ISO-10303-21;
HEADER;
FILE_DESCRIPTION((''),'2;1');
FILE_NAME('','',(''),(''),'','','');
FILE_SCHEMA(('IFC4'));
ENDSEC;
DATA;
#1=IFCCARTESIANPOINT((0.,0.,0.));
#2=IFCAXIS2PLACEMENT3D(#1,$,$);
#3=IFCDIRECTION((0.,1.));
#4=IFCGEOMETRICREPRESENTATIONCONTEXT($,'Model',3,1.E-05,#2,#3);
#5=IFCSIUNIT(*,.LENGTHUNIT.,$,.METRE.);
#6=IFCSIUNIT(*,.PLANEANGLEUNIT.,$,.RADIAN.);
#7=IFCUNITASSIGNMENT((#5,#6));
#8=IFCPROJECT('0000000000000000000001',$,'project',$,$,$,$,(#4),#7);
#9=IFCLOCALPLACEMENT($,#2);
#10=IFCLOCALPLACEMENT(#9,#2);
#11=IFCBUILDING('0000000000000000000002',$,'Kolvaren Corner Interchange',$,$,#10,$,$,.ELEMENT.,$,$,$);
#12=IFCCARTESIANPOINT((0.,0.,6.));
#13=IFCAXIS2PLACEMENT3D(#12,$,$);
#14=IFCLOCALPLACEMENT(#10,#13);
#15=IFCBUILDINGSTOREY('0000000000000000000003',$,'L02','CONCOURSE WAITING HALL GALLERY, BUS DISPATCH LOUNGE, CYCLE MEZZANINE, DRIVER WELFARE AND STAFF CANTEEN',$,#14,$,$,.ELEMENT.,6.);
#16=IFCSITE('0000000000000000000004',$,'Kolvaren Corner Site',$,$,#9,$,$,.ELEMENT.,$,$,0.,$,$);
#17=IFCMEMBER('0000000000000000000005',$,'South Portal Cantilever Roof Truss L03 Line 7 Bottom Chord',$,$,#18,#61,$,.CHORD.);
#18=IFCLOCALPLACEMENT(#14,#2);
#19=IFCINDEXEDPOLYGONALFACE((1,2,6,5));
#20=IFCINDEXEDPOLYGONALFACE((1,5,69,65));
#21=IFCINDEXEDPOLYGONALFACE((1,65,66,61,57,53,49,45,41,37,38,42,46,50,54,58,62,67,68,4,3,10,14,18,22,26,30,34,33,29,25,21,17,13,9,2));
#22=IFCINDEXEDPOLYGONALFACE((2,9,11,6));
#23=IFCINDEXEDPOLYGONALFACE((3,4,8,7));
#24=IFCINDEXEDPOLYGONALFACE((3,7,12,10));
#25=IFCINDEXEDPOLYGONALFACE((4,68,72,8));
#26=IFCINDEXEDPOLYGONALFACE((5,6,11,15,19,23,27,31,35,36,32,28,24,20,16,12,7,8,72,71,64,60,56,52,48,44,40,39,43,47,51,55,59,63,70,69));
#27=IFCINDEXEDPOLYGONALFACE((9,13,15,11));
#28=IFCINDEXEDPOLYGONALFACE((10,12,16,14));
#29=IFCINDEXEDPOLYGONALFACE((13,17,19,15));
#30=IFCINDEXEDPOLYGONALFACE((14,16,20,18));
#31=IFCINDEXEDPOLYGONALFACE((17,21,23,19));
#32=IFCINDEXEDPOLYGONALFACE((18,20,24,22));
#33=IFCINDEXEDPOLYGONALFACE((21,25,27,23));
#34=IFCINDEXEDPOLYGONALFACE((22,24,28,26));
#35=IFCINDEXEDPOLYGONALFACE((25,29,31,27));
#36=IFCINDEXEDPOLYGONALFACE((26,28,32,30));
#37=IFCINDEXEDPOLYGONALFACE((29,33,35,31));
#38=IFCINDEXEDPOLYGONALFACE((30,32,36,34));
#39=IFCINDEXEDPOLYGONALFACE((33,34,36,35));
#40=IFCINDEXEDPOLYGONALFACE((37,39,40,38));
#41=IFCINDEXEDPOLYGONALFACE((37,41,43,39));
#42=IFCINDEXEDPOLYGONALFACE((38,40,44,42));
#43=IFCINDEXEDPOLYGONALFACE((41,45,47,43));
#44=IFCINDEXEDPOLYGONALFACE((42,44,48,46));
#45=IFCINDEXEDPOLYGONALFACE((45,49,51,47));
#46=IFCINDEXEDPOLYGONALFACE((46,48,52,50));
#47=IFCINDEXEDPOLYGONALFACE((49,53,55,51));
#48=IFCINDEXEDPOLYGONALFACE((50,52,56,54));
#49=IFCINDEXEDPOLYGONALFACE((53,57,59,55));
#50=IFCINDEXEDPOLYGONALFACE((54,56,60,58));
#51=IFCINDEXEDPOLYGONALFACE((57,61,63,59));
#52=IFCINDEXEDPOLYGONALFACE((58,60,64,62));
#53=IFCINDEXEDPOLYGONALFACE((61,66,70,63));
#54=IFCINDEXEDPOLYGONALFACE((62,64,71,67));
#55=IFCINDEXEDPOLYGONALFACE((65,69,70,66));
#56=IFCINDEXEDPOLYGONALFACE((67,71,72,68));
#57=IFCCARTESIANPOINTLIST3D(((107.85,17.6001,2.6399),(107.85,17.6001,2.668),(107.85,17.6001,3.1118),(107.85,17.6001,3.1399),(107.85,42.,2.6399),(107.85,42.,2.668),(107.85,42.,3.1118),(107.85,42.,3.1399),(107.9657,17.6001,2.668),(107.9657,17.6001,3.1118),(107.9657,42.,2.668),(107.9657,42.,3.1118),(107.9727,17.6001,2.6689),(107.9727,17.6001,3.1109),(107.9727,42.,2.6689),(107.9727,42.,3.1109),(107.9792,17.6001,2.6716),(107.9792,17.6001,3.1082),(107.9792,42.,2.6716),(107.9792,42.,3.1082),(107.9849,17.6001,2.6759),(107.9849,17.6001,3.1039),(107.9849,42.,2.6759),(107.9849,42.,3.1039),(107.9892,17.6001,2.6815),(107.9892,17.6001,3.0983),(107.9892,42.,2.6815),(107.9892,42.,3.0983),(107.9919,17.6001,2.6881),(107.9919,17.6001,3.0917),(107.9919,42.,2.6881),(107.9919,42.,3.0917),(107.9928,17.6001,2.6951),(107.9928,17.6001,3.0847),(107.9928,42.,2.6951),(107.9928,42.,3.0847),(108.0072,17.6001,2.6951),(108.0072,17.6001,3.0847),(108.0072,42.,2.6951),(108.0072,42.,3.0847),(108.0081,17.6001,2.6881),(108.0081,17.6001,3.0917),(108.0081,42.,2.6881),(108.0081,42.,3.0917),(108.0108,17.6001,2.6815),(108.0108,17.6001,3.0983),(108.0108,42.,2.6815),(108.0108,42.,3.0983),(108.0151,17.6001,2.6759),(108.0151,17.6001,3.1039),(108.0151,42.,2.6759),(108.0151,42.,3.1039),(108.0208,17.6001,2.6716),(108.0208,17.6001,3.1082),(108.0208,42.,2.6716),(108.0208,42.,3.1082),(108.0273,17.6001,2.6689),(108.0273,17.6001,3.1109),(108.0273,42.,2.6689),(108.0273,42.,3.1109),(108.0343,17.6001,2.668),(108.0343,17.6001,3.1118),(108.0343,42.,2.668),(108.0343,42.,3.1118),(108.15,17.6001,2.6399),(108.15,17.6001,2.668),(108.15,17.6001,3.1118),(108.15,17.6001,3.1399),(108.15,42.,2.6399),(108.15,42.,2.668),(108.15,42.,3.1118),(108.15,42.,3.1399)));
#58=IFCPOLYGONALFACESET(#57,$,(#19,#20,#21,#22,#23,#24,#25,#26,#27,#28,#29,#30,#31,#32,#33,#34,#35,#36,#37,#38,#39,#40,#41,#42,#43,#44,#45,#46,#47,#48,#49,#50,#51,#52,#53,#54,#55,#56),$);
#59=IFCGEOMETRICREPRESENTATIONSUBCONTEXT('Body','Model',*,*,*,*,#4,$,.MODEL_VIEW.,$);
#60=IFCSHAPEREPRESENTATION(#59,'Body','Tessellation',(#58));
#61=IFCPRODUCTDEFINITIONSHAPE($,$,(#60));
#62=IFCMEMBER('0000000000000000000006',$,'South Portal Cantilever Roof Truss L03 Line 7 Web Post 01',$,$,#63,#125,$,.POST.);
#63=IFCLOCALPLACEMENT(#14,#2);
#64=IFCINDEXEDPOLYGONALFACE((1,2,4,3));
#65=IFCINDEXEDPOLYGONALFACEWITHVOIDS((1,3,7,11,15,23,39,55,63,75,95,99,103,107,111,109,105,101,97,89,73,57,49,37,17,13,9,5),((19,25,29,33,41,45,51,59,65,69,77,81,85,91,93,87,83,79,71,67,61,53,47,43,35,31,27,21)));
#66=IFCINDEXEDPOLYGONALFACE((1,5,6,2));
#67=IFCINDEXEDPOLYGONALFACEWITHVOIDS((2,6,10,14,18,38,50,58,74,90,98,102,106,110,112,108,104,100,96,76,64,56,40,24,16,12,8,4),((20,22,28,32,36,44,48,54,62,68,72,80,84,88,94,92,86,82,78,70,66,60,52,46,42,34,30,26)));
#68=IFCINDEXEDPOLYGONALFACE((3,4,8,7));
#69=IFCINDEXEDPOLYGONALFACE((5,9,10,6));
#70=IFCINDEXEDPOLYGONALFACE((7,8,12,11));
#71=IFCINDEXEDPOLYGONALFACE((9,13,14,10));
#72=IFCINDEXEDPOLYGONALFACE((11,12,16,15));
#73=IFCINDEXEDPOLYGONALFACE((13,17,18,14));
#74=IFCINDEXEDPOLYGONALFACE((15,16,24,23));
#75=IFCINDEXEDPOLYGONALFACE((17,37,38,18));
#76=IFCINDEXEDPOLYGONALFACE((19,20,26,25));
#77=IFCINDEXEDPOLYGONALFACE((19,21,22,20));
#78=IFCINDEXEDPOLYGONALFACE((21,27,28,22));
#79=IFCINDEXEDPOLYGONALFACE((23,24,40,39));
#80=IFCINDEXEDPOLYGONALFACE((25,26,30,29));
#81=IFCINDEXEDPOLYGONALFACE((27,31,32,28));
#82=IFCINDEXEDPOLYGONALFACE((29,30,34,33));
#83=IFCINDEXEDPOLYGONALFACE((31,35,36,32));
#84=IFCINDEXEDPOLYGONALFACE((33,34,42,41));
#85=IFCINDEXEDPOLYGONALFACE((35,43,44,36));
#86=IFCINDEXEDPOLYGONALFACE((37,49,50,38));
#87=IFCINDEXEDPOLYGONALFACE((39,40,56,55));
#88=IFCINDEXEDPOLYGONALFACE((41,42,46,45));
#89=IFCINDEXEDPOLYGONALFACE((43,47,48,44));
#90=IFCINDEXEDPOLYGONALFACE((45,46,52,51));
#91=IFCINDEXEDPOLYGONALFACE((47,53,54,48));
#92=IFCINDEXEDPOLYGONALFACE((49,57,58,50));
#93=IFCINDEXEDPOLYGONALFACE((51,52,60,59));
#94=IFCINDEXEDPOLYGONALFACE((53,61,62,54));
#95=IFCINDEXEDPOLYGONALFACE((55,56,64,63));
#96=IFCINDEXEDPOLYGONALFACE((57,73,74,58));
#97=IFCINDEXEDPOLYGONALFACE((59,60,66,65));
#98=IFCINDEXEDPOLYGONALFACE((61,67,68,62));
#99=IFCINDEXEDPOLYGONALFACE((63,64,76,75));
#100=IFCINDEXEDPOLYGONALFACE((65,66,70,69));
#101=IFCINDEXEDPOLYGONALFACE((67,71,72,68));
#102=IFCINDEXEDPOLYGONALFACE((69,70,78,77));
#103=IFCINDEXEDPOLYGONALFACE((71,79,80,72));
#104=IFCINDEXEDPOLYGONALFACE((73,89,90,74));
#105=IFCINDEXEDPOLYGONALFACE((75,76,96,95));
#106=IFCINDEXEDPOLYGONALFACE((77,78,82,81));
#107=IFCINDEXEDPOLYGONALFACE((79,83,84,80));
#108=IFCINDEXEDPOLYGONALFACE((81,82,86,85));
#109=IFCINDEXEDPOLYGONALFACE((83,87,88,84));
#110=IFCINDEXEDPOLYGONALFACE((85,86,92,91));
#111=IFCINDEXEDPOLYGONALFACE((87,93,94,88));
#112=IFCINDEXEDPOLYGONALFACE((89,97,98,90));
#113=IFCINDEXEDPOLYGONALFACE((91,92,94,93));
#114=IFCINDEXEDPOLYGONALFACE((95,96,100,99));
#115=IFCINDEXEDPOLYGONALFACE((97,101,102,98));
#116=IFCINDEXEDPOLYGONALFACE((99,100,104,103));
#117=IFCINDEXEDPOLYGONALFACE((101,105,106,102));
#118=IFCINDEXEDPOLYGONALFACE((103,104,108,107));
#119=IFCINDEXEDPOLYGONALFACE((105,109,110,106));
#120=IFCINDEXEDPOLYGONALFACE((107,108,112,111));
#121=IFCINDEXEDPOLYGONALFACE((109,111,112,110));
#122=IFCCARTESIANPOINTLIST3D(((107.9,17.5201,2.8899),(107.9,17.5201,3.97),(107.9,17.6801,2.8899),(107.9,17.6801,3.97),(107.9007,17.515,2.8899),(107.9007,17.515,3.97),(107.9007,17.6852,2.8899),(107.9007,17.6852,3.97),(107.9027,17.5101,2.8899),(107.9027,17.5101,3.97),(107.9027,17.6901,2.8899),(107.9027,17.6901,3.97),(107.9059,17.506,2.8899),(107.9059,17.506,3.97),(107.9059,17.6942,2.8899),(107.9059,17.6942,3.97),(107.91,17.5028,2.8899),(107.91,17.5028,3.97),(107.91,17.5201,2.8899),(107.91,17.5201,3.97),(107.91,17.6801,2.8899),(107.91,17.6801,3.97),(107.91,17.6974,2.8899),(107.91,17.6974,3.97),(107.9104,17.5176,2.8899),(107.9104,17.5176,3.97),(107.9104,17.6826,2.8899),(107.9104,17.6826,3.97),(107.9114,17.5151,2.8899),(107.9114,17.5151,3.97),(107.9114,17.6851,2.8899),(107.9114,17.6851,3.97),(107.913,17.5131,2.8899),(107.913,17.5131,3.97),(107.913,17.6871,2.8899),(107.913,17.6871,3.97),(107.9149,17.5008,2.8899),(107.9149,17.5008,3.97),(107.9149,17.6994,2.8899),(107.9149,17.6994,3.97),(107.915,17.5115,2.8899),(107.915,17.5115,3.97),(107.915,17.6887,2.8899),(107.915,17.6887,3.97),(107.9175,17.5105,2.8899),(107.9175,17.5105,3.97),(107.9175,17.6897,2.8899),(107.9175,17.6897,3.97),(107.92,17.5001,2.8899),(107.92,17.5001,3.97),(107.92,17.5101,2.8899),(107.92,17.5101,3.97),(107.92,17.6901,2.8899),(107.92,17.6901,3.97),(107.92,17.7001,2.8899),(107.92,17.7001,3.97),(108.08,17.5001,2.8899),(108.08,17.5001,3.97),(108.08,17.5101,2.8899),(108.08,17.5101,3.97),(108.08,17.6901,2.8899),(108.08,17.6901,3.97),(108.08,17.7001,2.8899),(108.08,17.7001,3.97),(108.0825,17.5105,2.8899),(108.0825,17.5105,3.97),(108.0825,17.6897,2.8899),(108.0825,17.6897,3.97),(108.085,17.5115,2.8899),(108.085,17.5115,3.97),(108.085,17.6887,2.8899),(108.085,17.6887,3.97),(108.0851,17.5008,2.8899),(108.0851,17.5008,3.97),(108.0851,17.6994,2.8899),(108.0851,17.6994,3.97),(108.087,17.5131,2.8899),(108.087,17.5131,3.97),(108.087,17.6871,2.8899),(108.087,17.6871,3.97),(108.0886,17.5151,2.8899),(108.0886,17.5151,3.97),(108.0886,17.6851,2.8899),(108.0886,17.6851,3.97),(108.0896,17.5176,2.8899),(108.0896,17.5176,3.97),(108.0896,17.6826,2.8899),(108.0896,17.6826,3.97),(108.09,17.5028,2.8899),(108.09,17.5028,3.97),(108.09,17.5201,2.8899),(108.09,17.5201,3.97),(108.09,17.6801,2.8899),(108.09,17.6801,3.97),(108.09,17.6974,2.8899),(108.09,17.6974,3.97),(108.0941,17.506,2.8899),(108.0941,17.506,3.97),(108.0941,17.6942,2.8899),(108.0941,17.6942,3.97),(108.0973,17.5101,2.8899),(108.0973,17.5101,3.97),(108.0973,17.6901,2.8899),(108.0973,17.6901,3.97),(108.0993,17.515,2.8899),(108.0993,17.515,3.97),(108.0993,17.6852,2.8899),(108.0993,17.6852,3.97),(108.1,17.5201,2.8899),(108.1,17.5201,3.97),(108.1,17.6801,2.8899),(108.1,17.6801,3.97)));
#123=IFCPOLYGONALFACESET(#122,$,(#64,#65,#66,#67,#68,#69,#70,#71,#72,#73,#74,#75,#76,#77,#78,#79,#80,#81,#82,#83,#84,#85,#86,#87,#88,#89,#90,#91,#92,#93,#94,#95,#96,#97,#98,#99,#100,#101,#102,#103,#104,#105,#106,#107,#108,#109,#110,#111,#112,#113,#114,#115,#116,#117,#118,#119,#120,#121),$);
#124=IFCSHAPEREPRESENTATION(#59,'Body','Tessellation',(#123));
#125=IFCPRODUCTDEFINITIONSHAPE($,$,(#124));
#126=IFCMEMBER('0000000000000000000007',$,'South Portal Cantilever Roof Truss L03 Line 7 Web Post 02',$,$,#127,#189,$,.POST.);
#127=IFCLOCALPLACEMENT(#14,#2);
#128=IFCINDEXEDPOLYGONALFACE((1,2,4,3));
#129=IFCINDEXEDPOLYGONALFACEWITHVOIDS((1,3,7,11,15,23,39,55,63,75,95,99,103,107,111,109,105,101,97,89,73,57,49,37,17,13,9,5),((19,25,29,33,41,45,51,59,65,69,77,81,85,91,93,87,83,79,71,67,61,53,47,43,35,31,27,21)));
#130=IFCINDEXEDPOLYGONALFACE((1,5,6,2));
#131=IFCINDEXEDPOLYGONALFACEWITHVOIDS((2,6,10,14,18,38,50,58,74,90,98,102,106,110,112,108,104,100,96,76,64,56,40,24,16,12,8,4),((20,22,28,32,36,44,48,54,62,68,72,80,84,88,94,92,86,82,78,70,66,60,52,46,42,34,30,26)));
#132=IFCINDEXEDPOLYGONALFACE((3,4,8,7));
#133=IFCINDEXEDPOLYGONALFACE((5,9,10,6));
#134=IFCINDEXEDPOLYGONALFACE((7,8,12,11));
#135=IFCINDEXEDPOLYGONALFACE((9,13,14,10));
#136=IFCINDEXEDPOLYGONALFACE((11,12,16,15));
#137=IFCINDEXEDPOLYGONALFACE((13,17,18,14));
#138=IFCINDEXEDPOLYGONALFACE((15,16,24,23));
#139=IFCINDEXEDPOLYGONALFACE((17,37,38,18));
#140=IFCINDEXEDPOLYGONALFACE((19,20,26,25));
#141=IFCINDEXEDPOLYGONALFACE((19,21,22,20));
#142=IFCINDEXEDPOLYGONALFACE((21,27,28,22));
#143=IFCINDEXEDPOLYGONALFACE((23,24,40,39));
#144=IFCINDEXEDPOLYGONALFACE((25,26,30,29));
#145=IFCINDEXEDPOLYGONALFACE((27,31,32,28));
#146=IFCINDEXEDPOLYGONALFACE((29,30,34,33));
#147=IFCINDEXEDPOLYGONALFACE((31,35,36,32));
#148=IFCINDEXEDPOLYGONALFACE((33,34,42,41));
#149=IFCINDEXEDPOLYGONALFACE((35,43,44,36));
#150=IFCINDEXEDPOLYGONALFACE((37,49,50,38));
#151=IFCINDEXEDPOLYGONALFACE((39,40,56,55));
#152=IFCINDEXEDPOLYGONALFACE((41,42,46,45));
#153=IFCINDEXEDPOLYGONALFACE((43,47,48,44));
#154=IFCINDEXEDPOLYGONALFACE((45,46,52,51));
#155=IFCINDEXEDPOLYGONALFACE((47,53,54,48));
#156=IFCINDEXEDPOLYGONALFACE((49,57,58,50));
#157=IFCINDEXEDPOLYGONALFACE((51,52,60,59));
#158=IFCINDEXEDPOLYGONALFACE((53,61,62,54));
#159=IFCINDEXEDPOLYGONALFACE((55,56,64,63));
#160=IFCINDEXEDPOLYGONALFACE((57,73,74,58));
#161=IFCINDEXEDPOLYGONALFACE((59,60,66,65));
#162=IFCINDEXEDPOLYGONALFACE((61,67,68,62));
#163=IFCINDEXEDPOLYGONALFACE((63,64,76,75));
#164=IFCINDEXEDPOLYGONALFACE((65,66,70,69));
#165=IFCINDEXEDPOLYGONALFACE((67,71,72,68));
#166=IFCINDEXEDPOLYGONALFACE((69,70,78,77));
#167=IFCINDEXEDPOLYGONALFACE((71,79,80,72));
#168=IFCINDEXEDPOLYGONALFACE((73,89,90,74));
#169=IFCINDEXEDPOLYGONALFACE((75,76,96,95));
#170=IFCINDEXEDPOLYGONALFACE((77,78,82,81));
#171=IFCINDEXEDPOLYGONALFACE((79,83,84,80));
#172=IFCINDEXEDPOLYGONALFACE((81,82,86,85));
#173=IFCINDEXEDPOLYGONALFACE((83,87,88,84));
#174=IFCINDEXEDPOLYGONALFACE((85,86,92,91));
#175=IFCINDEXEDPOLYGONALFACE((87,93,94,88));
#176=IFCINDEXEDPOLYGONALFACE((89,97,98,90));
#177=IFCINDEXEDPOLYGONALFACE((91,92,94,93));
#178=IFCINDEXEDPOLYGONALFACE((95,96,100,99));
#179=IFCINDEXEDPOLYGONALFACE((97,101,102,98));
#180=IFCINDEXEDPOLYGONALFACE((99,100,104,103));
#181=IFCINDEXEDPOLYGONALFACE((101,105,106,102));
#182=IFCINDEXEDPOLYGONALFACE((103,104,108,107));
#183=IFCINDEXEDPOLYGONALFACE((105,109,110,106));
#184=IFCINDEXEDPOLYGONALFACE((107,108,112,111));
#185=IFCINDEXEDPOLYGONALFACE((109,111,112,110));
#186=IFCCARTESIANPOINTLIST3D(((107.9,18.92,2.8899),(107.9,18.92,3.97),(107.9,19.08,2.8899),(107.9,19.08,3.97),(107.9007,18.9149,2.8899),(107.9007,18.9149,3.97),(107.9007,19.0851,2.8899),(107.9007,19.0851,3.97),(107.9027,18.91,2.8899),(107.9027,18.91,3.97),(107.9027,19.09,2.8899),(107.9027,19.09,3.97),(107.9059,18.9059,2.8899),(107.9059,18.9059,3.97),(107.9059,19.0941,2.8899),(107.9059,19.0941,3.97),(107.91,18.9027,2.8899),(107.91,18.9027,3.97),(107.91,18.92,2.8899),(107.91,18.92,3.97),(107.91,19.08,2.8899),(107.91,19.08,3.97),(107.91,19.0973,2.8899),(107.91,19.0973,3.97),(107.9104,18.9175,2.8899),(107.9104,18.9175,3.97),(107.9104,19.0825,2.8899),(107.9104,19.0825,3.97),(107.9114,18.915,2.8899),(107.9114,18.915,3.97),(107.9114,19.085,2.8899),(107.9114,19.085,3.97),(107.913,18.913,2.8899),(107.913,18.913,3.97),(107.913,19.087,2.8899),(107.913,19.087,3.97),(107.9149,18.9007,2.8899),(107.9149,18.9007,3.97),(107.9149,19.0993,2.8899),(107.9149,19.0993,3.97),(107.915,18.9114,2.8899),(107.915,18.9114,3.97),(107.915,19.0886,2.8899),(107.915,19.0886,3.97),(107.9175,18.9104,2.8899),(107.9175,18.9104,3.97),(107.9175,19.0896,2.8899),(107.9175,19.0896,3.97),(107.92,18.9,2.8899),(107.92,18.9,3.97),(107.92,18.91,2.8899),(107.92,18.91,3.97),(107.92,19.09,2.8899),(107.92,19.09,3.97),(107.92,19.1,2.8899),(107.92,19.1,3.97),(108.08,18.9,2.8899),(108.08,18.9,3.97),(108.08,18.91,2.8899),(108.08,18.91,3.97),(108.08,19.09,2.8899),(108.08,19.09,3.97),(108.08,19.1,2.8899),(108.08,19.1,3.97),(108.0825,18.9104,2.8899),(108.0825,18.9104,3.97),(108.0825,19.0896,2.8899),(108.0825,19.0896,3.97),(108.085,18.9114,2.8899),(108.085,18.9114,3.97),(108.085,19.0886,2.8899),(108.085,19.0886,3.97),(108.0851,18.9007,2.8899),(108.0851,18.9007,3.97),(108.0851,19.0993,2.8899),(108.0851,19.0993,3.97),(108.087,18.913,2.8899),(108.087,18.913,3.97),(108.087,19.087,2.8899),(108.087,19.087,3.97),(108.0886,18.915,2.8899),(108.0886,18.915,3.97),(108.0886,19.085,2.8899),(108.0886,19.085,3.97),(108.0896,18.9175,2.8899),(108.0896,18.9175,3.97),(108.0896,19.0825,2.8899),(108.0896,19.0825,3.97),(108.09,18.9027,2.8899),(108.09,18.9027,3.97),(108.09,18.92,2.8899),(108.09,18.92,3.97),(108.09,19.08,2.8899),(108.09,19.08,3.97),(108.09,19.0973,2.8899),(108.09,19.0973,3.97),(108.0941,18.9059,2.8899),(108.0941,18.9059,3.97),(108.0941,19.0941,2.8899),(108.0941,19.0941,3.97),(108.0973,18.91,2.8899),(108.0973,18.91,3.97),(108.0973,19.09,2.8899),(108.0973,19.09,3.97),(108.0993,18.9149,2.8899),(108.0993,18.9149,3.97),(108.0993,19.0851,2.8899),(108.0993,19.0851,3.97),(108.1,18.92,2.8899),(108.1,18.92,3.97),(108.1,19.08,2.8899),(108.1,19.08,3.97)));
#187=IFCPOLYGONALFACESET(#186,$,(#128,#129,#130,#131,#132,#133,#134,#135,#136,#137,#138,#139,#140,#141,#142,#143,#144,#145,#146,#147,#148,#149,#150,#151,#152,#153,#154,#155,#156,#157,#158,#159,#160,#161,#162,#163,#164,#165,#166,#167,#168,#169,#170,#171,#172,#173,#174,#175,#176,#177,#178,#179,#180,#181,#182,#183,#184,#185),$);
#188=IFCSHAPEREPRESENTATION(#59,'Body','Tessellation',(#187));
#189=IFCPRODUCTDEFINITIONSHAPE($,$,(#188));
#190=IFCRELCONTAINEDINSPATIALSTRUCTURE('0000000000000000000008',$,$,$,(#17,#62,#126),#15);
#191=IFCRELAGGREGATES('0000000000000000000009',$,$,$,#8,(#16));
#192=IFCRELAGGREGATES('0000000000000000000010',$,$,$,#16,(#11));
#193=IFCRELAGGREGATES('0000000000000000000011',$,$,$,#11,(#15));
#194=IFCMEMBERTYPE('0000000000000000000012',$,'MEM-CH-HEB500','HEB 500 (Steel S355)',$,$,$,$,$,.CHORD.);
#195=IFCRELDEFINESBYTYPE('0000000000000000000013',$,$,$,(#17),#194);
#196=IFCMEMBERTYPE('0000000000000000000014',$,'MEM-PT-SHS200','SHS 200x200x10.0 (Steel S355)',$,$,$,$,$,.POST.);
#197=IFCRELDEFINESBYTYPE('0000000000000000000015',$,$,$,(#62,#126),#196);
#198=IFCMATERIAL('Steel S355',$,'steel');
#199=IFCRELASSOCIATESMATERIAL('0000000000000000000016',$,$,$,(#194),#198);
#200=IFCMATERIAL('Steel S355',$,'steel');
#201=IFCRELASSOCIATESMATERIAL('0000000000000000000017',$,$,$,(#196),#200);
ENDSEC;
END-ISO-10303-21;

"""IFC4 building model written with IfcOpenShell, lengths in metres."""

from ifc_helpers import new_model, si_unit, direction, frame, origin, origin_2d, place, context, subcontext, project, spatial, hollow_rectangle, i_section, extrude, material, material_profile, profile_set, type_object, element, save


model = new_model("IFC4")

# Units and contexts
model_context = context("Model", 3, precision=1e-05, world=origin(), true_north=direction((0.0, 1.0)))
body_context = subcontext(model_context, "Body", "Model", "MODEL_VIEW")
ifc_project = project(units=[si_unit("LENGTHUNIT", "METRE"), si_unit("PLANEANGLEUNIT", "RADIAN")], contexts=[model_context])

# Site, building, storey
site_placement = place(None, origin())
site = spatial("IfcSite", under=ifc_project, at=site_placement, Name="Kolvaren Corner Site", CompositionType="ELEMENT", RefElevation=0.0)
building_placement = place(site_placement, origin())
building = spatial("IfcBuilding", under=site, at=building_placement, Name="Kolvaren Corner Interchange", CompositionType="ELEMENT")
storey_placement = place(building_placement, frame((0.0, 0.0, 6.0)))
storey = spatial("IfcBuildingStorey", under=building, at=storey_placement, Name="L02", Description="CONCOURSE WAITING HALL GALLERY, BUS DISPATCH LOUNGE, CYCLE MEZZANINE, DRIVER WELFARE AND STAFF CANTEEN", CompositionType="ELEMENT", Elevation=6.0)

# Members
ifc_material_1 = material(Name="Steel S355", Category="steel")
ifc_material_profile_1 = material_profile(ifc_material_1, i_section(OverallWidth=0.3, OverallDepth=0.5, WebThickness=0.0144, FlangeThickness=0.0281, FilletRadius=0.0271, at=origin_2d()), Name="HEB 500")
ifc_profile_set_1 = profile_set([ifc_material_profile_1], Name="Steel S355")
member_type_1 = type_object("IfcMemberType", Name="MEM-CH-HEB500", Description="HEB 500 (Steel S355)", PredefinedType="CHORD", material=ifc_profile_set_1)
for number, where, z_axis, x_axis, name in (
    (1, (108.0, 17.6001, 2.8899), (0.0, 1.0, 0.0), (-1.0, 0.0, 0.0), "South Portal Cantilever Roof Truss L03 Line 7 Bottom Chord"),
):
    element("IfcMember", number, at=place(storey_placement, frame(where, z_axis=z_axis, x_axis=x_axis)), inside=storey, type_object=member_type_1, Name=name, PredefinedType="CHORD", context=body_context, shape_type="SweptSolid", body=[
        extrude(i_section(OverallWidth=0.3, OverallDepth=0.5, WebThickness=0.0144, FlangeThickness=0.0281, FilletRadius=0.0271, at=origin_2d()), origin(), (0.0, 0.0, 1.0), 24.3999),
    ])
ifc_material_2 = material(Name="Steel S355", Category="steel")
ifc_material_profile_2 = material_profile(ifc_material_2, hollow_rectangle(XDim=0.2, YDim=0.2, WallThickness=0.01, InnerFilletRadius=0.01, OuterFilletRadius=0.02, at=origin_2d()), Name="SHS 200x200x10.0")
ifc_profile_set_2 = profile_set([ifc_material_profile_2], Name="Steel S355")
member_type_2 = type_object("IfcMemberType", Name="MEM-PT-SHS200", Description="SHS 200x200x10.0 (Steel S355)", PredefinedType="POST", material=ifc_profile_set_2)
for number, where, z_axis, x_axis, name in (
    (2, (108.0, 17.6001, 2.8899), (0.0, 0.0, 1.0), (1.0, 0.0, 0.0), "South Portal Cantilever Roof Truss L03 Line 7 Web Post 01"),
    (3, (108.0, 19.0, 2.8899), (0.0, 0.0, 1.0), (1.0, 0.0, 0.0), "South Portal Cantilever Roof Truss L03 Line 7 Web Post 02"),
):
    element("IfcMember", number, at=place(storey_placement, frame(where, z_axis=z_axis, x_axis=x_axis)), inside=storey, type_object=member_type_2, Name=name, PredefinedType="POST", context=body_context, shape_type="SweptSolid", body=[
        extrude(hollow_rectangle(XDim=0.2, YDim=0.2, WallThickness=0.01, InnerFilletRadius=0.01, OuterFilletRadius=0.02, at=origin_2d()), origin(), (0.0, 0.0, 1.0), 1.0801),
    ])

save(model, "model.ifc")
